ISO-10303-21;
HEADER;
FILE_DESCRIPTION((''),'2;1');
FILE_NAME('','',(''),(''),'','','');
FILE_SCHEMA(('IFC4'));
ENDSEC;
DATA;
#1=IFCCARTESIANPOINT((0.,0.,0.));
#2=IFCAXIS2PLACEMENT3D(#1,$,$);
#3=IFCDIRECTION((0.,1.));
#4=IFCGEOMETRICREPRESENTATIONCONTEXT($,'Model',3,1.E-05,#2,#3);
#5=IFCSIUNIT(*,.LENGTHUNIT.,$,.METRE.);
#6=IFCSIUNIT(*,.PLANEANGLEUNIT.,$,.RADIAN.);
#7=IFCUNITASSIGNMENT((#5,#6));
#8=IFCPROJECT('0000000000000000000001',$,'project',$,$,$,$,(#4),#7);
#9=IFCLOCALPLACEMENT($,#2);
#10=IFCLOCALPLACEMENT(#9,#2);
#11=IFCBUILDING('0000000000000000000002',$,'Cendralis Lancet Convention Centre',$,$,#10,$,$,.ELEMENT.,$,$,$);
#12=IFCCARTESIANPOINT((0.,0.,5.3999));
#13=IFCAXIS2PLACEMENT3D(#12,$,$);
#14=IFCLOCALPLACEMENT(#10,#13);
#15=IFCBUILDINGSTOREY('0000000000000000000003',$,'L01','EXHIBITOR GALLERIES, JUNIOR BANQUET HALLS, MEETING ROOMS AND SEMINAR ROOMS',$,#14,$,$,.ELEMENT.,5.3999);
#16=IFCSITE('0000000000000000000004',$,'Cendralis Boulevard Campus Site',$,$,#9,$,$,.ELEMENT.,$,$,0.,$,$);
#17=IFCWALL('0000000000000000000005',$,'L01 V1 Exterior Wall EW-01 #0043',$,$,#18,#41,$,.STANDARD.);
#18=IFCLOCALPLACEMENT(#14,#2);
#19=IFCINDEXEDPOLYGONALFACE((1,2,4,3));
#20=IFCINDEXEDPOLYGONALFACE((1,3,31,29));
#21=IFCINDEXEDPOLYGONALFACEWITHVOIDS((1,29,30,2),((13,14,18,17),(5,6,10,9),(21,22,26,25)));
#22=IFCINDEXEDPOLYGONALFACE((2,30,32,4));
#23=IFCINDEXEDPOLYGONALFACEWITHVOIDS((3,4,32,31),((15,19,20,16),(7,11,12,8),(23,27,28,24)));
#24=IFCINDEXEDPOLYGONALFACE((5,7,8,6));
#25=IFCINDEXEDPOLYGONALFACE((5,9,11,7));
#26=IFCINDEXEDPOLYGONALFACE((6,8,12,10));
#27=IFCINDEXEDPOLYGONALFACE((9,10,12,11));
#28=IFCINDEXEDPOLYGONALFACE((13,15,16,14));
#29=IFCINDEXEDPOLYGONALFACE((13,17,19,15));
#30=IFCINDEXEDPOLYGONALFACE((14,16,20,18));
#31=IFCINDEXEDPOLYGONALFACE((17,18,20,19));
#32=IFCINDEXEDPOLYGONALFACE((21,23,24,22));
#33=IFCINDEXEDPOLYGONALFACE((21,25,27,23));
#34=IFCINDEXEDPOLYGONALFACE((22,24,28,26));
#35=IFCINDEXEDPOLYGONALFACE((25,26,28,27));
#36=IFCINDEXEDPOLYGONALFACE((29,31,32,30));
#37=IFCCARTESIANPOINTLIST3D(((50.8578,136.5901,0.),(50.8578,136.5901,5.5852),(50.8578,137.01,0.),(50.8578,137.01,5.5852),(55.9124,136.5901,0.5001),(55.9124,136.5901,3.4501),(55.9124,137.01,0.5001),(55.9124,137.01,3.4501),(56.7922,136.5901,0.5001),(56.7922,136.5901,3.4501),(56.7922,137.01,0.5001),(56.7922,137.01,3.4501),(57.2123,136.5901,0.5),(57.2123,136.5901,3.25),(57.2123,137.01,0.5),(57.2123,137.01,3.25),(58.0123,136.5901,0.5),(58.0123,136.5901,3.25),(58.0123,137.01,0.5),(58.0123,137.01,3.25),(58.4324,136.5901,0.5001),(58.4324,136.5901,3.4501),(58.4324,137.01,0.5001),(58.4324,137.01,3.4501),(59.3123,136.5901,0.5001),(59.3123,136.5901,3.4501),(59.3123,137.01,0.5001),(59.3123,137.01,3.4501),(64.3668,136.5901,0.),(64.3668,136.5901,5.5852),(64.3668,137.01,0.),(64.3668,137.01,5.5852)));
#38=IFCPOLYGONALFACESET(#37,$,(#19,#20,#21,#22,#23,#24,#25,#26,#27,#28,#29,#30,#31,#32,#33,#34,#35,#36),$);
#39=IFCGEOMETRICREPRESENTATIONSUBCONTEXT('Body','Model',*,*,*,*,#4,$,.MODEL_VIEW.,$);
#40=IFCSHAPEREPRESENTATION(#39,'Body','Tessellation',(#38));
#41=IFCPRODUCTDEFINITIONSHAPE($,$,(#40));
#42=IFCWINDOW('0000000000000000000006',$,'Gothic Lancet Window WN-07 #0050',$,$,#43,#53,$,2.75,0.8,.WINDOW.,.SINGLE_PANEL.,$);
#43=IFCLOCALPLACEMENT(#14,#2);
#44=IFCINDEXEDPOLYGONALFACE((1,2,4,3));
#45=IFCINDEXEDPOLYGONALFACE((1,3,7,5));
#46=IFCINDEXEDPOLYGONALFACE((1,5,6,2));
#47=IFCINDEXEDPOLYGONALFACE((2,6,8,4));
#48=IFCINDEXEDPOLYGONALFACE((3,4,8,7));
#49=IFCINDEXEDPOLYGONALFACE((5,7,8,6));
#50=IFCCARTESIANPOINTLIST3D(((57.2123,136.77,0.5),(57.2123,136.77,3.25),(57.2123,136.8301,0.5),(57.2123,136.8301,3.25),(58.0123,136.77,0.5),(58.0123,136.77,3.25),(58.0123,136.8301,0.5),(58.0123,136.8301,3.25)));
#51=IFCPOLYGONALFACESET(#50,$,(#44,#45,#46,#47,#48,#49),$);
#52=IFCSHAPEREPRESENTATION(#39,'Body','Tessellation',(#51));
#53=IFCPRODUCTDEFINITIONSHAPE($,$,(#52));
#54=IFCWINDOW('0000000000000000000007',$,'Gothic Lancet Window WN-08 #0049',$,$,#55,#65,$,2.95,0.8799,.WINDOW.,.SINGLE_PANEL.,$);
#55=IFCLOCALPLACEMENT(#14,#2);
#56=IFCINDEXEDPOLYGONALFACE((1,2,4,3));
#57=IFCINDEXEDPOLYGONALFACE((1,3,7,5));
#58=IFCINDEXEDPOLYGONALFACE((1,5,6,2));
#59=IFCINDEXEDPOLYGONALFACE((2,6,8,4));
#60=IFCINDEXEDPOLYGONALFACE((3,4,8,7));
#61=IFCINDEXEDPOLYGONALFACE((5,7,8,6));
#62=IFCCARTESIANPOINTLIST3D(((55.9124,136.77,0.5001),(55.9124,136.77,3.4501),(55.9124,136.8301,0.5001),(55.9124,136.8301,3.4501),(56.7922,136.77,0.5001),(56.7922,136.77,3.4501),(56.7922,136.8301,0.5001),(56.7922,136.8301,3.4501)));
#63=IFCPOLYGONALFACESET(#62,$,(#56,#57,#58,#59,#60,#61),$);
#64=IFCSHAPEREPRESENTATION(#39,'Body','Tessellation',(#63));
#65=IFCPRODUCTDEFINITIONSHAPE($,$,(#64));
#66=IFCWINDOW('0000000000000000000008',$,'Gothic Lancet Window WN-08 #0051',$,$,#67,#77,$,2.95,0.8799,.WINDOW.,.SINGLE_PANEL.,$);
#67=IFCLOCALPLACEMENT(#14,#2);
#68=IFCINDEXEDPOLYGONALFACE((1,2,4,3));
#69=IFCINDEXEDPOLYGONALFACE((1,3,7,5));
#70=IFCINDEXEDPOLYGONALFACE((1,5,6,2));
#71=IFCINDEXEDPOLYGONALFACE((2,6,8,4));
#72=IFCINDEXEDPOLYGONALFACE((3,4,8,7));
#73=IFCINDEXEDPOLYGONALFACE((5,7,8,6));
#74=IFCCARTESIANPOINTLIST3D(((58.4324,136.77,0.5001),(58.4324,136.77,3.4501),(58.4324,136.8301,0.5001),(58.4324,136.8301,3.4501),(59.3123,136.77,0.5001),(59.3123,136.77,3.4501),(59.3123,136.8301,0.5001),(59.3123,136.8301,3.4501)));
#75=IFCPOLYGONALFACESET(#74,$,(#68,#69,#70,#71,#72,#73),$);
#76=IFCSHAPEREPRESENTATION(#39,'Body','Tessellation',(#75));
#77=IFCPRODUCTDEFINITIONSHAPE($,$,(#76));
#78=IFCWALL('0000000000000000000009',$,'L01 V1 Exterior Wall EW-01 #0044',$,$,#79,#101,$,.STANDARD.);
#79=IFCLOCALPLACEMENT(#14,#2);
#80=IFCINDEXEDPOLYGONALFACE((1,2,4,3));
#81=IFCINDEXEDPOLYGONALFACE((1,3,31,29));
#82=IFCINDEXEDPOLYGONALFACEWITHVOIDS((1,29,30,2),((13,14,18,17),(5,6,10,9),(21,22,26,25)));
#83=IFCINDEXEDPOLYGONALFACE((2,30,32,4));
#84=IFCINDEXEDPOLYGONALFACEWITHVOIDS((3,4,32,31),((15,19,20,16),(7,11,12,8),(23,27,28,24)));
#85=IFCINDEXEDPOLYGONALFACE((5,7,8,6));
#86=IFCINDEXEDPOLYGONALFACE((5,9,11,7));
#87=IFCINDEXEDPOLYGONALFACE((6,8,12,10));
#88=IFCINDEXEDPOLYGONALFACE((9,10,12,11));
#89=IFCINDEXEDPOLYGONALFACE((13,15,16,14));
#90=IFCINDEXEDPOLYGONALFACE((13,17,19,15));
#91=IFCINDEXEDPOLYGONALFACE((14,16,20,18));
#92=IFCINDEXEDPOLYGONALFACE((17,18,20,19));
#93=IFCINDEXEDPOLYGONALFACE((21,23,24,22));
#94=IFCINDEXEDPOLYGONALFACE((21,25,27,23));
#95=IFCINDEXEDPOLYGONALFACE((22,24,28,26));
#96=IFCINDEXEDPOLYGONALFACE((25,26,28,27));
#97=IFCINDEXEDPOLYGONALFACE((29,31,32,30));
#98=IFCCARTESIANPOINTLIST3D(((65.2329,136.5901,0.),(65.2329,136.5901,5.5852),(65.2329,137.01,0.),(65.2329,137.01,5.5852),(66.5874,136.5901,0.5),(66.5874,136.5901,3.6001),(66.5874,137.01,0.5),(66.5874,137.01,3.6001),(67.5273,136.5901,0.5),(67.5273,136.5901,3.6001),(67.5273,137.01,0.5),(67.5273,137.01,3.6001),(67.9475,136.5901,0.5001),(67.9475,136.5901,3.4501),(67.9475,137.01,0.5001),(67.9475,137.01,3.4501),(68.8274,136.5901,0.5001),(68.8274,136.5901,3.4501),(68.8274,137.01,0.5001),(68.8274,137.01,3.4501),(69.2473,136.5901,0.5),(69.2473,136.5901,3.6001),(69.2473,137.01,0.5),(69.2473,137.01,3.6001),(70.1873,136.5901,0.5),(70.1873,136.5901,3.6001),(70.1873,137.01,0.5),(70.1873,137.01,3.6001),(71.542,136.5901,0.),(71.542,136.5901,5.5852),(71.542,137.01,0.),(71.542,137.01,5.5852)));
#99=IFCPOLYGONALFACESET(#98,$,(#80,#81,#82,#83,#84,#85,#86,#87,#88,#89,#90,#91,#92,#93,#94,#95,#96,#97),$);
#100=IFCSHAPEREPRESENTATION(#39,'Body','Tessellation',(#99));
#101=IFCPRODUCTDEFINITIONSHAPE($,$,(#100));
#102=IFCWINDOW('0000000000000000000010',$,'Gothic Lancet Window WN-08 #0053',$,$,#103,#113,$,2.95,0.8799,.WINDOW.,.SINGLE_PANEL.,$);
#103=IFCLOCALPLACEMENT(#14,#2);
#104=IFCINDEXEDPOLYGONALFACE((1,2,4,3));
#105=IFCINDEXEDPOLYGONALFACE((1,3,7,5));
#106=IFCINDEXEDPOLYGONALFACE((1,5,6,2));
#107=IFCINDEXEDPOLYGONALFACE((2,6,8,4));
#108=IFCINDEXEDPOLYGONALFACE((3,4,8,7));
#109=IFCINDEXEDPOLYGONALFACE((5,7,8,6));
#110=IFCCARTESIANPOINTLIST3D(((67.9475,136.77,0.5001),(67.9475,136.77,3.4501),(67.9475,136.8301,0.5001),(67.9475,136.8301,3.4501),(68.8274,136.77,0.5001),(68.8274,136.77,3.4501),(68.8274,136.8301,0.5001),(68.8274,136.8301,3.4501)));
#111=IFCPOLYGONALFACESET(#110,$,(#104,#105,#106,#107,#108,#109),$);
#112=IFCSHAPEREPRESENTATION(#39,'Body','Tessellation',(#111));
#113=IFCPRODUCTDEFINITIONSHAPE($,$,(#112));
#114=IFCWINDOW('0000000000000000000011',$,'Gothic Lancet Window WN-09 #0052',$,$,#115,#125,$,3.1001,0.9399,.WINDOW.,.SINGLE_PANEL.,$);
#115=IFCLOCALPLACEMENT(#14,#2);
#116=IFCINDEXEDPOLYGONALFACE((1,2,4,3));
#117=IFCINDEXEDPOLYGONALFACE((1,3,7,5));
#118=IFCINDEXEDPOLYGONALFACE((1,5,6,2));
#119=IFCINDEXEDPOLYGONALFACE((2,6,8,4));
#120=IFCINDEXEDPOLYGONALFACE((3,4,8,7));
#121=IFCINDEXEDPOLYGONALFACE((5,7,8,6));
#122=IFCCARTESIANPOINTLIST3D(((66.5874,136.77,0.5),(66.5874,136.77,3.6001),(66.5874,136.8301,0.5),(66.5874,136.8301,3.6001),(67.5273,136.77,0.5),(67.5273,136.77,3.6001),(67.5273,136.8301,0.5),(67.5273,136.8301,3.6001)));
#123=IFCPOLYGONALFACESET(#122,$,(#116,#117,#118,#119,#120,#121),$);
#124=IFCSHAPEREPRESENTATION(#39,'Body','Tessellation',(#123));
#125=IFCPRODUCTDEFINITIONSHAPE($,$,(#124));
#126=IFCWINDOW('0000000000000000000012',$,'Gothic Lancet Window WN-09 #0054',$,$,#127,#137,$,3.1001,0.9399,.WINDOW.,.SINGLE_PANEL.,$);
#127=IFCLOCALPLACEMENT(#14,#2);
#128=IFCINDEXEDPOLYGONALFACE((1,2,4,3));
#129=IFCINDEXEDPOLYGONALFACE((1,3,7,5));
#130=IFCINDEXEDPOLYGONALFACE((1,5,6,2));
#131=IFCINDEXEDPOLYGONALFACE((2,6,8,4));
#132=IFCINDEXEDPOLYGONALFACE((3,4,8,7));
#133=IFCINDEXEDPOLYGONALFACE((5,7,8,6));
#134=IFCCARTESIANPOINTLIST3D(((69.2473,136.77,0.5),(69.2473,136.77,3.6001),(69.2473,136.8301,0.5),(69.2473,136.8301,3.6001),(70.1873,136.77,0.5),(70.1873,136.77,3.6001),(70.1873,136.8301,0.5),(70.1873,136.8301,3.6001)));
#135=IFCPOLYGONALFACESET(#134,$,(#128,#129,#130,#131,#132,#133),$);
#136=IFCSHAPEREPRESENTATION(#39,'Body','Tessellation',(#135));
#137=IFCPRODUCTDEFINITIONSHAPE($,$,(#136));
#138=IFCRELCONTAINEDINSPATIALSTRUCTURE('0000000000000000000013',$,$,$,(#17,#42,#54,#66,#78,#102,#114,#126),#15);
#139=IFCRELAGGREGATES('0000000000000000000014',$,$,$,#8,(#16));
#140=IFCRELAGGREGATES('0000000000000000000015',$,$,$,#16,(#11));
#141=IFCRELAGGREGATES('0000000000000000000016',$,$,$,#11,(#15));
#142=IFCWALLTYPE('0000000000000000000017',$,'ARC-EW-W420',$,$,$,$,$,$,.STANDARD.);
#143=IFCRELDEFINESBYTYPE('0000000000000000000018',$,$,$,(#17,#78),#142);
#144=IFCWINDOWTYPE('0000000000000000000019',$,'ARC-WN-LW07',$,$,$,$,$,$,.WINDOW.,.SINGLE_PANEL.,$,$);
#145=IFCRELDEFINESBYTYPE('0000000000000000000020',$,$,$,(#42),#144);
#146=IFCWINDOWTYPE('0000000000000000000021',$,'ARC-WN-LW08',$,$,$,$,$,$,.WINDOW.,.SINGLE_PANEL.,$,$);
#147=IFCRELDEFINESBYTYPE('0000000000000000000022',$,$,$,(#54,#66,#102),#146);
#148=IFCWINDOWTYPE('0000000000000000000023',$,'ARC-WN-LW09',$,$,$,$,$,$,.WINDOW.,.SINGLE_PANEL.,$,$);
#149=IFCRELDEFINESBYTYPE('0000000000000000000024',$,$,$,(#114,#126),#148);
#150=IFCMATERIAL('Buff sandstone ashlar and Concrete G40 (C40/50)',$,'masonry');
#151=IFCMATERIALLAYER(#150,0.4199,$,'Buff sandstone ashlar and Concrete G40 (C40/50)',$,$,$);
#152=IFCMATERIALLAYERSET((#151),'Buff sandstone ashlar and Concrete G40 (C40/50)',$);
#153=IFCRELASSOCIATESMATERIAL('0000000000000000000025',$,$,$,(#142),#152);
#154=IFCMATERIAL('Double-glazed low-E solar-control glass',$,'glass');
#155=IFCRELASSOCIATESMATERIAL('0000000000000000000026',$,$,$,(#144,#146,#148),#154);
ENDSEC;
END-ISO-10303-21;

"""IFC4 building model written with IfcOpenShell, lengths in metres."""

from ifc_helpers import new_model, si_unit, direction, frame, frame_2d, origin, place, context, subcontext, project, spatial, rectangle, extrude, material, layer, layer_set, type_object, element, fill, save


model = new_model("IFC4")

# Units and contexts
model_context = context("Model", 3, precision=1e-05, world=origin(), true_north=direction((0.0, 1.0)))
body_context = subcontext(model_context, "Body", "Model", "MODEL_VIEW")
ifc_project = project(units=[si_unit("LENGTHUNIT", "METRE"), si_unit("PLANEANGLEUNIT", "RADIAN")], contexts=[model_context])

# Site, building, storey
site_placement = place(None, origin())
site = spatial("IfcSite", under=ifc_project, at=site_placement, Name="Cendralis Boulevard Campus Site", CompositionType="ELEMENT", RefElevation=0.0)
building_placement = place(site_placement, origin())
building = spatial("IfcBuilding", under=site, at=building_placement, Name="Cendralis Lancet Convention Centre", CompositionType="ELEMENT")
storey_placement = place(building_placement, frame((0.0, 0.0, 5.3999)))
storey = spatial("IfcBuildingStorey", under=building, at=storey_placement, Name="L01", Description="EXHIBITOR GALLERIES, JUNIOR BANQUET HALLS, MEETING ROOMS AND SEMINAR ROOMS", CompositionType="ELEMENT", Elevation=5.3999)

# Walls, openings, windows
ifc_material_1 = material(Name="Buff sandstone ashlar and Concrete G40 (C40/50)", Category="masonry")
ifc_layer_1 = layer(ifc_material_1, 0.4199, Name="Buff sandstone ashlar and Concrete G40 (C40/50)")
ifc_layer_set_1 = layer_set([ifc_layer_1], Name="Buff sandstone ashlar and Concrete G40 (C40/50)")
wall_type = type_object("IfcWallType", Name="ARC-EW-W420", PredefinedType="STANDARD", material=ifc_layer_set_1)
wall_1_placement = place(storey_placement, frame((50.8579, 136.8, 0.0), z_axis=(0.0, 0.0, 1.0), x_axis=(1.0, 0.0, 0.0)))
wall_1 = element("IfcWall", 1, at=wall_1_placement, inside=storey, type_object=wall_type, Name="L01 V1 Exterior Wall EW-01 #0043", PredefinedType="STANDARD", context=body_context, shape_type="SweptSolid", body=[
    extrude(rectangle(XDim=13.509, YDim=0.4199, at=frame_2d((6.7544, 0.0))), origin(), (0.0, 0.0, 1.0), 5.5852),
])
opening_1_placement = place(wall_1_placement, frame((5.0544, 0.0, 0.5)))
opening_1 = element("IfcOpeningElement", 2, at=opening_1_placement, cuts=wall_1, PredefinedType="OPENING", context=body_context, shape_type="SweptSolid", body=[
    extrude(rectangle(XDim=0.8799, YDim=2.95, at=frame_2d((0.4399, 1.4751))), frame((0.0, 0.22, 0.0), z_axis=(0.0, -1.0, 0.0), x_axis=(1.0, 0.0, 0.0)), (0.0, 0.0, 1.0), 0.4399),
])
opening_2_placement = place(wall_1_placement, frame((6.3545, 0.0, 0.5)))
opening_2 = element("IfcOpeningElement", 3, at=opening_2_placement, cuts=wall_1, PredefinedType="OPENING", context=body_context, shape_type="SweptSolid", body=[
    extrude(rectangle(XDim=0.8, YDim=2.75, at=frame_2d((0.3999, 1.375))), frame((0.0, 0.22, 0.0), z_axis=(0.0, -1.0, 0.0), x_axis=(1.0, 0.0, 0.0)), (0.0, 0.0, 1.0), 0.4399),
])
opening_3_placement = place(wall_1_placement, frame((7.5745, 0.0, 0.5)))
opening_3 = element("IfcOpeningElement", 4, at=opening_3_placement, cuts=wall_1, PredefinedType="OPENING", context=body_context, shape_type="SweptSolid", body=[
    extrude(rectangle(XDim=0.8799, YDim=2.95, at=frame_2d((0.4399, 1.4751))), frame((0.0, 0.22, 0.0), z_axis=(0.0, -1.0, 0.0), x_axis=(1.0, 0.0, 0.0)), (0.0, 0.0, 1.0), 0.4399),
])
ifc_material_2 = material(Name="Double-glazed low-E solar-control glass", Category="glass")
window_type_1 = type_object("IfcWindowType", Name="ARC-WN-LW07", PartitioningType="SINGLE_PANEL", PredefinedType="WINDOW", material=ifc_material_2)
window_1_placement = place(opening_2_placement, origin())
window_1 = element("IfcWindow", 5, at=window_1_placement, inside=storey, type_object=window_type_1, Name="Gothic Lancet Window WN-07 #0050", OverallHeight=2.75, OverallWidth=0.8, PartitioningType="SINGLE_PANEL", PredefinedType="WINDOW", context=body_context, shape_type="SweptSolid", body=[
    extrude(rectangle(XDim=0.8, YDim=2.75, at=frame_2d((0.3999, 1.375))), frame((0.0, 0.03, 0.0), z_axis=(0.0, -1.0, 0.0), x_axis=(1.0, 0.0, 0.0)), (0.0, 0.0, 1.0), 0.0601),
])
fill(opening_2, window_1)
window_type_2 = type_object("IfcWindowType", Name="ARC-WN-LW08", PartitioningType="SINGLE_PANEL", PredefinedType="WINDOW", material=ifc_material_2)
window_2_placement = place(opening_1_placement, origin())
window_2 = element("IfcWindow", 6, at=window_2_placement, inside=storey, type_object=window_type_2, Name="Gothic Lancet Window WN-08 #0049", OverallHeight=2.95, OverallWidth=0.8799, PartitioningType="SINGLE_PANEL", PredefinedType="WINDOW", context=body_context, shape_type="SweptSolid", body=[
    extrude(rectangle(XDim=0.8799, YDim=2.95, at=frame_2d((0.4399, 1.4751))), frame((0.0, 0.03, 0.0), z_axis=(0.0, -1.0, 0.0), x_axis=(1.0, 0.0, 0.0)), (0.0, 0.0, 1.0), 0.0601),
])
fill(opening_1, window_2)
window_3_placement = place(opening_3_placement, origin())
window_3 = element("IfcWindow", 7, at=window_3_placement, inside=storey, type_object=window_type_2, Name="Gothic Lancet Window WN-08 #0051", OverallHeight=2.95, OverallWidth=0.8799, PartitioningType="SINGLE_PANEL", PredefinedType="WINDOW", context=body_context, shape_type="SweptSolid", body=[
    extrude(rectangle(XDim=0.8799, YDim=2.95, at=frame_2d((0.4399, 1.4751))), frame((0.0, 0.03, 0.0), z_axis=(0.0, -1.0, 0.0), x_axis=(1.0, 0.0, 0.0)), (0.0, 0.0, 1.0), 0.0601),
])
fill(opening_3, window_3)
wall_2_placement = place(storey_placement, frame((65.2329, 136.8, 0.0), z_axis=(0.0, 0.0, 1.0), x_axis=(1.0, 0.0, 0.0)))
wall_2 = element("IfcWall", 8, at=wall_2_placement, inside=storey, type_object=wall_type, Name="L01 V1 Exterior Wall EW-01 #0044", PredefinedType="STANDARD", context=body_context, shape_type="SweptSolid", body=[
    extrude(rectangle(XDim=6.3091, YDim=0.4199, at=frame_2d((3.1545, 0.0))), origin(), (0.0, 0.0, 1.0), 5.5852),
])
opening_4_placement = place(wall_2_placement, frame((1.3545, 0.0, 0.5)))
opening_4 = element("IfcOpeningElement", 9, at=opening_4_placement, cuts=wall_2, PredefinedType="OPENING", context=body_context, shape_type="SweptSolid", body=[
    extrude(rectangle(XDim=0.9399, YDim=3.1001, at=frame_2d((0.47, 1.55))), frame((0.0, 0.22, 0.0), z_axis=(0.0, -1.0, 0.0), x_axis=(1.0, 0.0, 0.0)), (0.0, 0.0, 1.0), 0.4399),
])
opening_5_placement = place(wall_2_placement, frame((2.7146, 0.0, 0.5)))
opening_5 = element("IfcOpeningElement", 10, at=opening_5_placement, cuts=wall_2, PredefinedType="OPENING", context=body_context, shape_type="SweptSolid", body=[
    extrude(rectangle(XDim=0.8799, YDim=2.95, at=frame_2d((0.4399, 1.4751))), frame((0.0, 0.22, 0.0), z_axis=(0.0, -1.0, 0.0), x_axis=(1.0, 0.0, 0.0)), (0.0, 0.0, 1.0), 0.4399),
])
opening_6_placement = place(wall_2_placement, frame((4.0144, 0.0, 0.5)))
opening_6 = element("IfcOpeningElement", 11, at=opening_6_placement, cuts=wall_2, PredefinedType="OPENING", context=body_context, shape_type="SweptSolid", body=[
    extrude(rectangle(XDim=0.9399, YDim=3.1001, at=frame_2d((0.47, 1.55))), frame((0.0, 0.22, 0.0), z_axis=(0.0, -1.0, 0.0), x_axis=(1.0, 0.0, 0.0)), (0.0, 0.0, 1.0), 0.4399),
])
window_4_placement = place(opening_5_placement, origin())
window_4 = element("IfcWindow", 12, at=window_4_placement, inside=storey, type_object=window_type_2, Name="Gothic Lancet Window WN-08 #0053", OverallHeight=2.95, OverallWidth=0.8799, PartitioningType="SINGLE_PANEL", PredefinedType="WINDOW", context=body_context, shape_type="SweptSolid", body=[
    extrude(rectangle(XDim=0.8799, YDim=2.95, at=frame_2d((0.4399, 1.4751))), frame((0.0, 0.03, 0.0), z_axis=(0.0, -1.0, 0.0), x_axis=(1.0, 0.0, 0.0)), (0.0, 0.0, 1.0), 0.0601),
])
fill(opening_5, window_4)
window_type_3 = type_object("IfcWindowType", Name="ARC-WN-LW09", PartitioningType="SINGLE_PANEL", PredefinedType="WINDOW", material=ifc_material_2)
window_5_placement = place(opening_4_placement, origin())
window_5 = element("IfcWindow", 13, at=window_5_placement, inside=storey, type_object=window_type_3, Name="Gothic Lancet Window WN-09 #0052", OverallHeight=3.1001, OverallWidth=0.9399, PartitioningType="SINGLE_PANEL", PredefinedType="WINDOW", context=body_context, shape_type="SweptSolid", body=[
    extrude(rectangle(XDim=0.9399, YDim=3.1001, at=frame_2d((0.47, 1.55))), frame((0.0, 0.03, 0.0), z_axis=(0.0, -1.0, 0.0), x_axis=(1.0, 0.0, 0.0)), (0.0, 0.0, 1.0), 0.0601),
])
fill(opening_4, window_5)
window_6_placement = place(opening_6_placement, origin())
window_6 = element("IfcWindow", 14, at=window_6_placement, inside=storey, type_object=window_type_3, Name="Gothic Lancet Window WN-09 #0054", OverallHeight=3.1001, OverallWidth=0.9399, PartitioningType="SINGLE_PANEL", PredefinedType="WINDOW", context=body_context, shape_type="SweptSolid", body=[
    extrude(rectangle(XDim=0.9399, YDim=3.1001, at=frame_2d((0.47, 1.55))), frame((0.0, 0.03, 0.0), z_axis=(0.0, -1.0, 0.0), x_axis=(1.0, 0.0, 0.0)), (0.0, 0.0, 1.0), 0.0601),
])
fill(opening_6, window_6)

save(model, "model.ifc")
